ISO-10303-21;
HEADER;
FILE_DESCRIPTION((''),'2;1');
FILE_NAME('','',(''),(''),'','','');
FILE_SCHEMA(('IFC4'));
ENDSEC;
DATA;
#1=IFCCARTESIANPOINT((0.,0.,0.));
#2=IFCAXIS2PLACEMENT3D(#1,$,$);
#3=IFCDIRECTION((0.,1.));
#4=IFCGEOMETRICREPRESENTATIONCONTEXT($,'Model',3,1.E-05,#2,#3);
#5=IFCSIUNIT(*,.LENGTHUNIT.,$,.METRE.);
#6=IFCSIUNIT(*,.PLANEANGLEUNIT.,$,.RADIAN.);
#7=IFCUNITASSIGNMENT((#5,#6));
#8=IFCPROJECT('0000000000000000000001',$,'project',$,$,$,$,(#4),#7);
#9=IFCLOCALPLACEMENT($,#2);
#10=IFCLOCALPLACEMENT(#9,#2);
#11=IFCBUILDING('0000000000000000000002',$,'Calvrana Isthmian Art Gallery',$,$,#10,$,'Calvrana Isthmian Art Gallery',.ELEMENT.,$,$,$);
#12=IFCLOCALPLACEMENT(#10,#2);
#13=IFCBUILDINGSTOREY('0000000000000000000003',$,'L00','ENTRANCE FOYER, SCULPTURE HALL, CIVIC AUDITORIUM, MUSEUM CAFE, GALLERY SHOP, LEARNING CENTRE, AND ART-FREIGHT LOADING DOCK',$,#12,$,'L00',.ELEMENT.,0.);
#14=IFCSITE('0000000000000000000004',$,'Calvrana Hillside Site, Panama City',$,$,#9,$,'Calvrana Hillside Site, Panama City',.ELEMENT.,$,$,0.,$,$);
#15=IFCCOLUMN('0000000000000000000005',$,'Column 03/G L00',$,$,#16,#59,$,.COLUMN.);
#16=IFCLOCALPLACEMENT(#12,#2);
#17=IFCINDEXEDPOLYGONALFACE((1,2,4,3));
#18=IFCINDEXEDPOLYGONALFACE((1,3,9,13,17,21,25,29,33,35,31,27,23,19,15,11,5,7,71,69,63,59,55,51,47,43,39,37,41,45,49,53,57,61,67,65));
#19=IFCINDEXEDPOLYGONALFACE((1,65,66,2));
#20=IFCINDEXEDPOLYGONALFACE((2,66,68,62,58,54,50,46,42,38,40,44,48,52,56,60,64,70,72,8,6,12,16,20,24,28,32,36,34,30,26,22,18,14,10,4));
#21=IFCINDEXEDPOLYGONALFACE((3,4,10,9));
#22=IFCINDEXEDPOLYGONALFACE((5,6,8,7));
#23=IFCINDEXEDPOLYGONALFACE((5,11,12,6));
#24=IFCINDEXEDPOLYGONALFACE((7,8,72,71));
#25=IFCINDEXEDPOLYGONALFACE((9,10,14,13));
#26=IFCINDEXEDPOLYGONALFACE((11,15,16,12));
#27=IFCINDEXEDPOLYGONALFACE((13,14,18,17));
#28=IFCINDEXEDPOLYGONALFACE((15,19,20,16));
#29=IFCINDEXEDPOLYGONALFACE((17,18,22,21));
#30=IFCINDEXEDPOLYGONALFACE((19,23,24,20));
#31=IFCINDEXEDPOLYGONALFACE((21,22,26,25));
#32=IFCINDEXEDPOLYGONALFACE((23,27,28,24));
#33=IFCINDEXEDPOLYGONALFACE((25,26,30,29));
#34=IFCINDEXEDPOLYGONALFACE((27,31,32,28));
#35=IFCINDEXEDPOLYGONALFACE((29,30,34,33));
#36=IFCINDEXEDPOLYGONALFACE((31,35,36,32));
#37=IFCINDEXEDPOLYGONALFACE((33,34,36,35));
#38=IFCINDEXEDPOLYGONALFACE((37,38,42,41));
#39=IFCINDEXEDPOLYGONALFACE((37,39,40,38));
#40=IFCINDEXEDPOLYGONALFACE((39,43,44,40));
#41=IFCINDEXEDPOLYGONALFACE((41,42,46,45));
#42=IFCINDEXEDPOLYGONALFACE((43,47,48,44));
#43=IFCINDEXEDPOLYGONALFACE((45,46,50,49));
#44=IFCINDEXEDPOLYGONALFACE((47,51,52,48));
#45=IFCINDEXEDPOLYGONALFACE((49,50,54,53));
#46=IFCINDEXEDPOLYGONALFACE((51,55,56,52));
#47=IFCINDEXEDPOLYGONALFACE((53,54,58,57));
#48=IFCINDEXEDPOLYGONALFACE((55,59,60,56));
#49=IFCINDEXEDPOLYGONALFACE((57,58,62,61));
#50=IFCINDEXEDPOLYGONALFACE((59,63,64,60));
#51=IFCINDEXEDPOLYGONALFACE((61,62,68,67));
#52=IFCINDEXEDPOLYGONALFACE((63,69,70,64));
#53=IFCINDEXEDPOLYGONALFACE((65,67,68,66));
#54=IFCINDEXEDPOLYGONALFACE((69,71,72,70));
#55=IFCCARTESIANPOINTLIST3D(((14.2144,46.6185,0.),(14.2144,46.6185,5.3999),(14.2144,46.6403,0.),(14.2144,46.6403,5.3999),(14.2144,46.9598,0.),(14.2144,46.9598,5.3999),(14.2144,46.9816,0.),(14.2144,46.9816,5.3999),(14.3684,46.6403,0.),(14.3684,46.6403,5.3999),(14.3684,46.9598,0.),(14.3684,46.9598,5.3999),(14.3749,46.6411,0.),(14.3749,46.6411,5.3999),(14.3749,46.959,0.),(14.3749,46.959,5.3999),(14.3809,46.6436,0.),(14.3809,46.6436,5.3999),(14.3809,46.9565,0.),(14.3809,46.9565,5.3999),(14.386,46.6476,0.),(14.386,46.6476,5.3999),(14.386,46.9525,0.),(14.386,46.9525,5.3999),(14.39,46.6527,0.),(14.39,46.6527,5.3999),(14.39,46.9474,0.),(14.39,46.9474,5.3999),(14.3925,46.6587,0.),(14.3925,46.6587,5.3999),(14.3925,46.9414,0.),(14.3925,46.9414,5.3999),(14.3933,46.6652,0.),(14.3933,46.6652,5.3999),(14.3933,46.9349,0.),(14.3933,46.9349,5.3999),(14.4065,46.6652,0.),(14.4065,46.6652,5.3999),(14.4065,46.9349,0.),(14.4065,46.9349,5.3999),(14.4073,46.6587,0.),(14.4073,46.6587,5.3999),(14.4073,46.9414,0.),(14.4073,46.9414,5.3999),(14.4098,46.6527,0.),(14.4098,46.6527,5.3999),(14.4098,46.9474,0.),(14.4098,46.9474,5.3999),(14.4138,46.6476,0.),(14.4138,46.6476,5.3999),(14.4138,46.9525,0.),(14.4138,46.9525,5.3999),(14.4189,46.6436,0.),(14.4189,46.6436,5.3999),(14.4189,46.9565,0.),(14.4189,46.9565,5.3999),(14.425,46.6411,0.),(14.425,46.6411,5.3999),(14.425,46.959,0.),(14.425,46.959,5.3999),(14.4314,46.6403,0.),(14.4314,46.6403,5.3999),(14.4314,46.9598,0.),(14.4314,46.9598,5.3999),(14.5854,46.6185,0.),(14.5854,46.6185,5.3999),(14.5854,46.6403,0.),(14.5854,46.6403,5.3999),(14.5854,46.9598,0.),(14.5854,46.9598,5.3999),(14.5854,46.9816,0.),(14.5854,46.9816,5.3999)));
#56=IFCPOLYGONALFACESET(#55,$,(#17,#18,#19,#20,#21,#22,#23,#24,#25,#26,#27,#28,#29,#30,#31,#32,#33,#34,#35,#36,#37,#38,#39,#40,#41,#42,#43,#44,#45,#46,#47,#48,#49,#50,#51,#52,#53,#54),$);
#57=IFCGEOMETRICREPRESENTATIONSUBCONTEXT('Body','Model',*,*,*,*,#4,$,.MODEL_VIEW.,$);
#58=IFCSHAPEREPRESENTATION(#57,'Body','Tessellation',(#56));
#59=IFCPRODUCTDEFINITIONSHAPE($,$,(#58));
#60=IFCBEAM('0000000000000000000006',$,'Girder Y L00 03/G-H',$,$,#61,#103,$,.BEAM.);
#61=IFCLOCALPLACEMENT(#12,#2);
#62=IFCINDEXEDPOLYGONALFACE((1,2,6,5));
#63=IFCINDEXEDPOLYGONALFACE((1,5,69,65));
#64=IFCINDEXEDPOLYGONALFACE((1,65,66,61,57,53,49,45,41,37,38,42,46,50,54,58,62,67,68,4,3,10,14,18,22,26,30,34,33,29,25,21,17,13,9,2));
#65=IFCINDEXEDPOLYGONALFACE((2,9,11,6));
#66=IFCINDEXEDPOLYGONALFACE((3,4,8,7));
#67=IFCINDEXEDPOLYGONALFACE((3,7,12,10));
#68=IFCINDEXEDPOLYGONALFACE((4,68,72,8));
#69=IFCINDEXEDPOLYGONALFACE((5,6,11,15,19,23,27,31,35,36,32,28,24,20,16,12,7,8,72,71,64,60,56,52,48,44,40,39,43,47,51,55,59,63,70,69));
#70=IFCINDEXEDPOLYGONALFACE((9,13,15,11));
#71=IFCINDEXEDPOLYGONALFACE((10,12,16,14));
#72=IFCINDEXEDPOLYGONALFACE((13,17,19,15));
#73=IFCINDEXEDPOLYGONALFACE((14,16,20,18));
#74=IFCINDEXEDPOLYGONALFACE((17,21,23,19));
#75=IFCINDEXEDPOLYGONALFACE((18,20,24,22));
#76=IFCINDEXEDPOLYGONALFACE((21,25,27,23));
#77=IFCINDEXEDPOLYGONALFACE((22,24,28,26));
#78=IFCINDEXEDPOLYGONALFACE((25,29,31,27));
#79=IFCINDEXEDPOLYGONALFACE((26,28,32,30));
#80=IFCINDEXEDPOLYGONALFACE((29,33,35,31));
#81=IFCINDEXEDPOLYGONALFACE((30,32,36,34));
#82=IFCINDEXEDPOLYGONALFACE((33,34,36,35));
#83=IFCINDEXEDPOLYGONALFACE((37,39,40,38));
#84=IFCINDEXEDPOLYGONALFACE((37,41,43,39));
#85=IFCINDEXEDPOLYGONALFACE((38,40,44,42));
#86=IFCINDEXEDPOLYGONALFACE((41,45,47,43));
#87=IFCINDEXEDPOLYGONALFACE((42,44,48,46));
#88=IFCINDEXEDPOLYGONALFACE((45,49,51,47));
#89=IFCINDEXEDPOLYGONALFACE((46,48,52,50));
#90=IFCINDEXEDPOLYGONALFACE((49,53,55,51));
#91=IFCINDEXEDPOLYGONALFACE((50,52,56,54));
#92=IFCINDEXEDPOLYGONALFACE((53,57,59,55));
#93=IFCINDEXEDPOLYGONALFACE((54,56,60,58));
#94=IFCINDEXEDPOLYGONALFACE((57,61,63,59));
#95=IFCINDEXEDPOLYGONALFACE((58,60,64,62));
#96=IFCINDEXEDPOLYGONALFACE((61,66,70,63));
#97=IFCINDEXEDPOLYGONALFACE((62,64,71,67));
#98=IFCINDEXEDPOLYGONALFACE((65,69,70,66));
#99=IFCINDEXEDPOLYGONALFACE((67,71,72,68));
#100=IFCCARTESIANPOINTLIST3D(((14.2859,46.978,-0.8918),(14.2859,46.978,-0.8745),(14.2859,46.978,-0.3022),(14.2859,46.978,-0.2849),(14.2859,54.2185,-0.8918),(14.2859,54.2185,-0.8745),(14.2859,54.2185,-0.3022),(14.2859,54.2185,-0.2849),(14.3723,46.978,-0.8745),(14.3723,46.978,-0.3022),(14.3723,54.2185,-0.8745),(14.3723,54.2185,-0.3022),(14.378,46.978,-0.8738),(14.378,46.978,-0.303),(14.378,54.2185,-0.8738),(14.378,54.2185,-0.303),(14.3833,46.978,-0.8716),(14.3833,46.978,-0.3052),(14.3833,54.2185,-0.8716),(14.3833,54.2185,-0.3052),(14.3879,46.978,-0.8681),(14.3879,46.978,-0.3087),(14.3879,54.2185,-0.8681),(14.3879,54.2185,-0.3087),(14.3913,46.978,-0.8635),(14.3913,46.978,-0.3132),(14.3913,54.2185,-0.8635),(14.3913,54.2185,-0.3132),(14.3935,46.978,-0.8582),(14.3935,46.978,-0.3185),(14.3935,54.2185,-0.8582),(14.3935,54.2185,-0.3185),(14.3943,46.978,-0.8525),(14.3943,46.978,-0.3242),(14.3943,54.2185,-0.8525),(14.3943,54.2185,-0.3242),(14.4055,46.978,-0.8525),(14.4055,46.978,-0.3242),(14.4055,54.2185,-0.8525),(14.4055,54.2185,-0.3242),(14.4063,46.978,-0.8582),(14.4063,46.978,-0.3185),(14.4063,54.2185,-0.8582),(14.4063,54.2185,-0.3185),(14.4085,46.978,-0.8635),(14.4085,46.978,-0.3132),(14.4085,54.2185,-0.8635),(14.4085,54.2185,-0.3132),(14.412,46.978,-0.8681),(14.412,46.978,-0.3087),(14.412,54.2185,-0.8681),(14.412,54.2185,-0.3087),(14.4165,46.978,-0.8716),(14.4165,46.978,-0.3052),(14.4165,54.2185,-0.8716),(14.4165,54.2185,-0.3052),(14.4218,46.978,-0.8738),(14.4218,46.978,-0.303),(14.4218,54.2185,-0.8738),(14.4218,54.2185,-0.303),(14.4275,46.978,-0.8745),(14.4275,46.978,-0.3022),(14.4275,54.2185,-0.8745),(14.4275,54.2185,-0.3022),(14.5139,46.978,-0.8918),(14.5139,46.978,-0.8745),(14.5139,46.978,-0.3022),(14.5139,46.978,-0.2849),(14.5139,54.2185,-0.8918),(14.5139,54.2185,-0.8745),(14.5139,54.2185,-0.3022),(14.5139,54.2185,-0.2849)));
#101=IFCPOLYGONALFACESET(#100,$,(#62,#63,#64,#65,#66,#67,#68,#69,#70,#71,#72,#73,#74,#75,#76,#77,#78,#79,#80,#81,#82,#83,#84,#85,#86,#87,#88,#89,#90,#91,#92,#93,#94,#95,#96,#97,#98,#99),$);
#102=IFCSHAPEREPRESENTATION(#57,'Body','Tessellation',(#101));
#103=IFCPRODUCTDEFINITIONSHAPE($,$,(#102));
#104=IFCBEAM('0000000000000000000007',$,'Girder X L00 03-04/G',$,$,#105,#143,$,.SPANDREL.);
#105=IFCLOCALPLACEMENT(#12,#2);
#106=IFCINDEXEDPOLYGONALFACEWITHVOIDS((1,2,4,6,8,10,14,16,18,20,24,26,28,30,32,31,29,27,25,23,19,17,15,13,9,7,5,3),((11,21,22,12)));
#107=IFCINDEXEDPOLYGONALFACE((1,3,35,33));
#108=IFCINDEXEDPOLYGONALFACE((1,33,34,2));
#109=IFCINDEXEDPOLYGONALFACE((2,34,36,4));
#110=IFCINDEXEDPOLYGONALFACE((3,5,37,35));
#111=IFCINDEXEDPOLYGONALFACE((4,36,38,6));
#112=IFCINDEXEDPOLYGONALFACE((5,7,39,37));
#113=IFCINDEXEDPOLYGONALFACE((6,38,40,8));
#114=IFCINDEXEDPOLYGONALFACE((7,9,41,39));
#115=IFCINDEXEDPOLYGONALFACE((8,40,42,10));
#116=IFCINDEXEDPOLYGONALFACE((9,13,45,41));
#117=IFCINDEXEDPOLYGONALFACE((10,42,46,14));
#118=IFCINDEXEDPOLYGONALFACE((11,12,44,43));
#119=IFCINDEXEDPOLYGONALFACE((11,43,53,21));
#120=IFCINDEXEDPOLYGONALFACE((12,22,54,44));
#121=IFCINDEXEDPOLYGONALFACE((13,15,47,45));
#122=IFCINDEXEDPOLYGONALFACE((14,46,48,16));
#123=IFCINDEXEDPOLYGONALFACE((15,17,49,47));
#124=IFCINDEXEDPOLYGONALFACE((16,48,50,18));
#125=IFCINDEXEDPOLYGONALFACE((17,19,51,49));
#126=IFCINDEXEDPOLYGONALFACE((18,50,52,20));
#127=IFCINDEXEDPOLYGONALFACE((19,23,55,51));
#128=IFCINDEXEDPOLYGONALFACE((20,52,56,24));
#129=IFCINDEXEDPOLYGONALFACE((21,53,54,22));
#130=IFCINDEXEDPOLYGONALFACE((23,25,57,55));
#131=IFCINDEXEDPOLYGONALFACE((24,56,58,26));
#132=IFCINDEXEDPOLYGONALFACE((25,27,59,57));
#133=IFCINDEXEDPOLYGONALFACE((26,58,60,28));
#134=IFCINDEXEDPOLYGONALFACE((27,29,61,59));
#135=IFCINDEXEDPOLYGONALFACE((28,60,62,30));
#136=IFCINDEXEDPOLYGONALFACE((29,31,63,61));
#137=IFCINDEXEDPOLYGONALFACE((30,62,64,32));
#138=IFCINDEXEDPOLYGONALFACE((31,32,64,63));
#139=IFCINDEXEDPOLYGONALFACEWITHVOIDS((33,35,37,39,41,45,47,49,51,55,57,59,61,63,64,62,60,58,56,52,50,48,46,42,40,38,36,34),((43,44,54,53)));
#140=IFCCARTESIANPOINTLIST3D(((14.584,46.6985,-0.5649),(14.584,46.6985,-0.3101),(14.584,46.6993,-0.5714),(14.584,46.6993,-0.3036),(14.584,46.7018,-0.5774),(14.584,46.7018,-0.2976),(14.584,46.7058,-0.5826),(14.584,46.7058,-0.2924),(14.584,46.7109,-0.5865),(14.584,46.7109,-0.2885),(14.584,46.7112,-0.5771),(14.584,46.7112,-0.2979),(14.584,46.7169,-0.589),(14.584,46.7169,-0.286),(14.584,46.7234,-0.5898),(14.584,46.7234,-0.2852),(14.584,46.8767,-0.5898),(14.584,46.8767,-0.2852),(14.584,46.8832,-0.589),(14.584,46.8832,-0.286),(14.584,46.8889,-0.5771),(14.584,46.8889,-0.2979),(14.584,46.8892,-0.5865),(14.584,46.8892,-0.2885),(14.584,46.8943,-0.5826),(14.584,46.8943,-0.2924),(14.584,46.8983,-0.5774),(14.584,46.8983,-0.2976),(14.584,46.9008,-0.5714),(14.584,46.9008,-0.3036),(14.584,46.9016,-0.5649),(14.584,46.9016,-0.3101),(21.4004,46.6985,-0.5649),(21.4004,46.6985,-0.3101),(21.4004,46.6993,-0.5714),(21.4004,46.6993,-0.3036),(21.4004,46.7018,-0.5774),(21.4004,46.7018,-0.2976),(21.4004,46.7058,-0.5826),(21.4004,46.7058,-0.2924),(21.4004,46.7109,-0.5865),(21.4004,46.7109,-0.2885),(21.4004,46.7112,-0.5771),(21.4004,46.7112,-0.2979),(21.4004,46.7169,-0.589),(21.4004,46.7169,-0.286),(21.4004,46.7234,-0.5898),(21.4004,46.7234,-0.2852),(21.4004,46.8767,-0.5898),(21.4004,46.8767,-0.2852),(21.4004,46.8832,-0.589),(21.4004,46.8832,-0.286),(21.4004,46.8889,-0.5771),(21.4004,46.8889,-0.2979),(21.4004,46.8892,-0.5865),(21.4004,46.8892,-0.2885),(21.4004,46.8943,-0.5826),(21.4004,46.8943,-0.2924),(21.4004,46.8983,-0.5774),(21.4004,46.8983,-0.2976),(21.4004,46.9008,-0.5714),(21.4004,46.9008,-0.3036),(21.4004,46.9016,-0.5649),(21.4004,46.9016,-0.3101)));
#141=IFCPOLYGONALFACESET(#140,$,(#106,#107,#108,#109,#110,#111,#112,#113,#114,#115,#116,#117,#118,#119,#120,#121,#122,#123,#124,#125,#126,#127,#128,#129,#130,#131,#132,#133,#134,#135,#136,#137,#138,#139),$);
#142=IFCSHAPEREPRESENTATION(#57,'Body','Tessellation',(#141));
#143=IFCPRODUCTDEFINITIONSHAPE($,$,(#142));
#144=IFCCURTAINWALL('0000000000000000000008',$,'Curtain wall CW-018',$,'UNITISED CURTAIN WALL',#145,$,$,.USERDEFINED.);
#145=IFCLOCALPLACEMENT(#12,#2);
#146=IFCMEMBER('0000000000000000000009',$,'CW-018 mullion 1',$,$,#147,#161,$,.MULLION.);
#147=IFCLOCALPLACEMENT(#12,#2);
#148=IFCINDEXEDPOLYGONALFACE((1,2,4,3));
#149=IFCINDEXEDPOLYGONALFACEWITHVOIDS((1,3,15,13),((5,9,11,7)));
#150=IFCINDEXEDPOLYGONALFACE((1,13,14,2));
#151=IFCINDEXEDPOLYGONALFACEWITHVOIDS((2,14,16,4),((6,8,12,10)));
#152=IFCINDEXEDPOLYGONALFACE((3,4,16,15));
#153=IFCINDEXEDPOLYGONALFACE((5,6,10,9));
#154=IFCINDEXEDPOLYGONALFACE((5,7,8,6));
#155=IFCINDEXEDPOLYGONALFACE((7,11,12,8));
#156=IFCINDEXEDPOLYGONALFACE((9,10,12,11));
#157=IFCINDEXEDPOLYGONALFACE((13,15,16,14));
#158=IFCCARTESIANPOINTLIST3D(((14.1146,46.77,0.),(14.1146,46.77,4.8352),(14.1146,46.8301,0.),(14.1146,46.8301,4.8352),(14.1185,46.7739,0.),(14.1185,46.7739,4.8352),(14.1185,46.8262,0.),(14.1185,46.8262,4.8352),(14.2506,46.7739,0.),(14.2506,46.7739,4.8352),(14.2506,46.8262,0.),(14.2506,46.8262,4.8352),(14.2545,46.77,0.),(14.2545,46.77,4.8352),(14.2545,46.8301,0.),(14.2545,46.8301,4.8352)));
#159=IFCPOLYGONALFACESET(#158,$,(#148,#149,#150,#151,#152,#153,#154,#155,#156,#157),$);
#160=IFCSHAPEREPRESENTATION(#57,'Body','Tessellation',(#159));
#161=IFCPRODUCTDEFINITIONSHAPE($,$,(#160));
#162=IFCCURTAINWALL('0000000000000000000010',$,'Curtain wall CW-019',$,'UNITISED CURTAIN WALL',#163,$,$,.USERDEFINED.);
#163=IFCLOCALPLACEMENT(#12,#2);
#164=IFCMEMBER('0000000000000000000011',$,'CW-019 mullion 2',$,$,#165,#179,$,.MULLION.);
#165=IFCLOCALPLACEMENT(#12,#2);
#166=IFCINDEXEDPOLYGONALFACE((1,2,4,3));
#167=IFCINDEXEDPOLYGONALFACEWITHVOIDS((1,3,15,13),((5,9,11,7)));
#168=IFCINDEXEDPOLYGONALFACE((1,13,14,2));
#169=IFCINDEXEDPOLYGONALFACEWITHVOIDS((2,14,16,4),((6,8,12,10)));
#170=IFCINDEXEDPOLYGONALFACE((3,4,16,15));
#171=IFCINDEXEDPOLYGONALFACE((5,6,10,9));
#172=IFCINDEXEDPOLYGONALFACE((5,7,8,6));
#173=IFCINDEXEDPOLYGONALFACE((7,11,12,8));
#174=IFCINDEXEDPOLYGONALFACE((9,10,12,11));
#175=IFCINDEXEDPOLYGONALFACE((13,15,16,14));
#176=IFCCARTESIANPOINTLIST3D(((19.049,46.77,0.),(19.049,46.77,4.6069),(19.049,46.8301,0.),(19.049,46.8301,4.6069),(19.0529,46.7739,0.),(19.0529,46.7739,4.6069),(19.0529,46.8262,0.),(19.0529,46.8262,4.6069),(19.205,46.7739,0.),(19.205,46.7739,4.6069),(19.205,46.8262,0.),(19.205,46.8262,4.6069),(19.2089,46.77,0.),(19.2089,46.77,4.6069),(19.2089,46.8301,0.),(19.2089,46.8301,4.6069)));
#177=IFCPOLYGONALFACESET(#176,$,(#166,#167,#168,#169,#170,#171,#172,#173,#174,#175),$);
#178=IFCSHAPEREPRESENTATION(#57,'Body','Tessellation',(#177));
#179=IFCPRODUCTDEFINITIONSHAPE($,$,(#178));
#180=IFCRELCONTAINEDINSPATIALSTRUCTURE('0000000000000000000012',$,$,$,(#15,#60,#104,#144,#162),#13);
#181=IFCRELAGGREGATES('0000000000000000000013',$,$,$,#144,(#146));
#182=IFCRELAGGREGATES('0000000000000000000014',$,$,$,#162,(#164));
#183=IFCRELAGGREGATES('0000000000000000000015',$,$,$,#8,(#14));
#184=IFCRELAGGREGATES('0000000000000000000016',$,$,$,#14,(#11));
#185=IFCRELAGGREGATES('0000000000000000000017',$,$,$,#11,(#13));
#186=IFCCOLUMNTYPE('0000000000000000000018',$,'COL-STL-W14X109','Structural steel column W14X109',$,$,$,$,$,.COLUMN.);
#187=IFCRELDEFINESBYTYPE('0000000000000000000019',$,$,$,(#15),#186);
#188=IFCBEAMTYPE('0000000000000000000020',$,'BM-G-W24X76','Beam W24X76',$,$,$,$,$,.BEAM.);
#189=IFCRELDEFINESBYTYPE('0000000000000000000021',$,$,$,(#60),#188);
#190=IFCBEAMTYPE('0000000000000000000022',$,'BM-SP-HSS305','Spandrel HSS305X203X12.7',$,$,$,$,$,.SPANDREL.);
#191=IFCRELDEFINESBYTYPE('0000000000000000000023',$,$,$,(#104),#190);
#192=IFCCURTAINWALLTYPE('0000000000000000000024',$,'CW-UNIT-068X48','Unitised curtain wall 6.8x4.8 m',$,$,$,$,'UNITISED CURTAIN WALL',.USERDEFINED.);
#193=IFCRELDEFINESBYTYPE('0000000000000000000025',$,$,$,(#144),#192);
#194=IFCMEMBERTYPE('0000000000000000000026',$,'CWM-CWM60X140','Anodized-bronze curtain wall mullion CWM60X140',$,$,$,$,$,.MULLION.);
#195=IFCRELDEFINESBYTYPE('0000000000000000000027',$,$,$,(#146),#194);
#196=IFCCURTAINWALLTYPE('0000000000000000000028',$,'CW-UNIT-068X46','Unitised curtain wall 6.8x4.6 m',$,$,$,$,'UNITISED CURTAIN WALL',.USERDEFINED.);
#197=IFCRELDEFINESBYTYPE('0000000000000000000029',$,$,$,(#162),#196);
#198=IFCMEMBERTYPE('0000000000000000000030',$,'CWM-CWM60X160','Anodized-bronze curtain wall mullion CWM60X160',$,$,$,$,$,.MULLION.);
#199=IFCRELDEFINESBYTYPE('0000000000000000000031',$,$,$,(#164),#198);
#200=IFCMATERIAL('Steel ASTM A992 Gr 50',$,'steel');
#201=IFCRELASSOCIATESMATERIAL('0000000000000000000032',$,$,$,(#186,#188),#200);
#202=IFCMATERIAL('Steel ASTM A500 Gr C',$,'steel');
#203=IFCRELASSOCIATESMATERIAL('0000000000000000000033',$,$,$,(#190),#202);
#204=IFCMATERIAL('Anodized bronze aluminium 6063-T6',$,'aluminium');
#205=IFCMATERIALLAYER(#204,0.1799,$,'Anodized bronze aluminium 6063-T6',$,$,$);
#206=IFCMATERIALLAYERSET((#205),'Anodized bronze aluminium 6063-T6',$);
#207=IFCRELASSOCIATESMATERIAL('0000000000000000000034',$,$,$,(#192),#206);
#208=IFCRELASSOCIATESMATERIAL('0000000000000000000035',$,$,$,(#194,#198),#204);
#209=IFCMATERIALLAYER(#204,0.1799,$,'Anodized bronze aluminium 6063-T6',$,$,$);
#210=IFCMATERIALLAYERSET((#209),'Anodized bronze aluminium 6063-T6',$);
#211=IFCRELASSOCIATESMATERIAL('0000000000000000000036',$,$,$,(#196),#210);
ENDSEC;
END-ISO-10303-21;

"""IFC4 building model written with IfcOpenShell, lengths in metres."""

from ifc_helpers import new_model, si_unit, direction, frame, origin, origin_2d, place, context, subcontext, project, spatial, hollow_rectangle, i_section, extrude, material, layer, layer_set, material_profile, profile_set, type_object, element, aggregate, save


model = new_model("IFC4")

# Units and contexts
model_context = context("Model", 3, precision=1e-05, world=origin(), true_north=direction((0.0, 1.0)))
body_context = subcontext(model_context, "Body", "Model", "MODEL_VIEW")
ifc_project = project(units=[si_unit("LENGTHUNIT", "METRE"), si_unit("PLANEANGLEUNIT", "RADIAN")], contexts=[model_context])

# Site, building, storey
site_placement = place(None, origin())
site = spatial("IfcSite", under=ifc_project, at=site_placement, Name="Calvrana Hillside Site, Panama City", LongName="Calvrana Hillside Site, Panama City", CompositionType="ELEMENT", RefElevation=0.0)
building_placement = place(site_placement, origin())
building = spatial("IfcBuilding", under=site, at=building_placement, Name="Calvrana Isthmian Art Gallery", LongName="Calvrana Isthmian Art Gallery", CompositionType="ELEMENT")
storey_placement = place(building_placement, origin())
storey = spatial("IfcBuildingStorey", under=building, at=storey_placement, Name="L00", Description="ENTRANCE FOYER, SCULPTURE HALL, CIVIC AUDITORIUM, MUSEUM CAFE, GALLERY SHOP, LEARNING CENTRE, AND ART-FREIGHT LOADING DOCK", LongName="L00", CompositionType="ELEMENT", Elevation=0.0)

# Column
ifc_material_1 = material(Name="Steel ASTM A992 Gr 50", Category="steel")
ifc_material_profile_1 = material_profile(ifc_material_1, i_section(OverallWidth=0.3711, OverallDepth=0.363, WebThickness=0.0132, FlangeThickness=0.0217, FilletRadius=0.0249, at=origin_2d()), Name="W14X109")
ifc_profile_set_1 = profile_set([ifc_material_profile_1], Name="Steel ASTM A992 Gr 50")
column_type = type_object("IfcColumnType", Name="COL-STL-W14X109", Description="Structural steel column W14X109", PredefinedType="COLUMN", material=ifc_profile_set_1)
column_placement = place(storey_placement, frame((14.3999, 46.8, 0.0), z_axis=(0.0, 0.0, 1.0), x_axis=(1.0, 0.0, 0.0)))
element("IfcColumn", 1, at=column_placement, inside=storey, type_object=column_type, Name="Column 03/G L00", PredefinedType="COLUMN", context=body_context, shape_type="SweptSolid", body=[
    extrude(i_section(OverallWidth=0.3711, OverallDepth=0.363, WebThickness=0.0132, FlangeThickness=0.0217, FilletRadius=0.0249, at=origin_2d()), origin(), (0.0, 0.0, 1.0), 5.3999),
])

# Beams
ifc_material_profile_2 = material_profile(ifc_material_1, i_section(OverallWidth=0.228, OverallDepth=0.6069, WebThickness=0.0112, FlangeThickness=0.0173, FilletRadius=0.022, at=origin_2d()), Name="W24X76")
ifc_profile_set_2 = profile_set([ifc_material_profile_2], Name="Steel ASTM A992 Gr 50")
beam_type_1 = type_object("IfcBeamType", Name="BM-G-W24X76", Description="Beam W24X76", PredefinedType="BEAM", material=ifc_profile_set_2)
beam_1_placement = place(storey_placement, frame((14.3999, 46.978, -0.5884), z_axis=(0.0, 1.0, 0.0), x_axis=(-1.0, 0.0, 0.0)))
element("IfcBeam", 2, at=beam_1_placement, inside=storey, type_object=beam_type_1, Name="Girder Y L00 03/G-H", PredefinedType="BEAM", context=body_context, shape_type="SweptSolid", body=[
    extrude(i_section(OverallWidth=0.228, OverallDepth=0.6069, WebThickness=0.0112, FlangeThickness=0.0173, FilletRadius=0.022, at=origin_2d()), origin(), (0.0, 0.0, 1.0), 7.2405),
])
ifc_material_2 = material(Name="Steel ASTM A500 Gr C", Category="steel")
ifc_material_profile_3 = material_profile(ifc_material_2, hollow_rectangle(XDim=0.2031, YDim=0.3047, WallThickness=0.0127, OuterFilletRadius=0.0249, at=origin_2d()), Name="HSS305X203X12.7")
ifc_profile_set_3 = profile_set([ifc_material_profile_3], Name="Steel ASTM A500 Gr C")
beam_type_2 = type_object("IfcBeamType", Name="BM-SP-HSS305", Description="Spandrel HSS305X203X12.7", PredefinedType="SPANDREL", material=ifc_profile_set_3)
beam_2_placement = place(storey_placement, frame((14.584, 46.8, -0.4375), z_axis=(1.0, 0.0, 0.0), x_axis=(0.0, 1.0, 0.0)))
element("IfcBeam", 3, at=beam_2_placement, inside=storey, type_object=beam_type_2, Name="Girder X L00 03-04/G", PredefinedType="SPANDREL", context=body_context, shape_type="SweptSolid", body=[
    extrude(hollow_rectangle(XDim=0.2031, YDim=0.3047, WallThickness=0.0127, OuterFilletRadius=0.0249, at=origin_2d()), origin(), (0.0, 0.0, 1.0), 6.8164),
])

# Curtain wall, member
ifc_material_3 = material(Name="Anodized bronze aluminium 6063-T6", Category="aluminium")
ifc_layer_1 = layer(ifc_material_3, 0.1799, Name="Anodized bronze aluminium 6063-T6")
ifc_layer_set_1 = layer_set([ifc_layer_1], Name="Anodized bronze aluminium 6063-T6")
curtain_wall_type_1 = type_object("IfcCurtainWallType", Name="CW-UNIT-068X48", Description="Unitised curtain wall 6.8x4.8 m", ElementType="UNITISED CURTAIN WALL", PredefinedType="USERDEFINED", material=ifc_layer_set_1)
curtain_wall_1_placement = place(storey_placement, origin())
curtain_wall_1 = element("IfcCurtainWall", 4, at=curtain_wall_1_placement, inside=storey, type_object=curtain_wall_type_1, Name="Curtain wall CW-018", ObjectType="UNITISED CURTAIN WALL", PredefinedType="USERDEFINED")
ifc_material_profile_4 = material_profile(ifc_material_3, hollow_rectangle(XDim=0.0601, YDim=0.1399, WallThickness=0.0039, at=origin_2d()), Name="CWM60X140")
ifc_profile_set_4 = profile_set([ifc_material_profile_4], Name="Anodized bronze aluminium 6063-T6")
member_type_1 = type_object("IfcMemberType", Name="CWM-CWM60X140", Description="Anodized-bronze curtain wall mullion CWM60X140", PredefinedType="MULLION", material=ifc_profile_set_4)
member_1_placement = place(storey_placement, frame((14.1846, 46.8, 0.0), z_axis=(0.0, 0.0, 1.0), x_axis=(0.0, -1.0, 0.0)))
member_1 = element("IfcMember", 5, at=member_1_placement, type_object=member_type_1, Name="CW-018 mullion 1", PredefinedType="MULLION", context=body_context, shape_type="SweptSolid", body=[
    extrude(hollow_rectangle(XDim=0.0601, YDim=0.1399, WallThickness=0.0039, at=origin_2d()), origin(), (0.0, 0.0, 1.0), 4.8352),
])

# Curtain wall, member
ifc_layer_2 = layer(ifc_material_3, 0.1799, Name="Anodized bronze aluminium 6063-T6")
ifc_layer_set_2 = layer_set([ifc_layer_2], Name="Anodized bronze aluminium 6063-T6")
curtain_wall_type_2 = type_object("IfcCurtainWallType", Name="CW-UNIT-068X46", Description="Unitised curtain wall 6.8x4.6 m", ElementType="UNITISED CURTAIN WALL", PredefinedType="USERDEFINED", material=ifc_layer_set_2)
curtain_wall_2_placement = place(storey_placement, origin())
curtain_wall_2 = element("IfcCurtainWall", 6, at=curtain_wall_2_placement, inside=storey, type_object=curtain_wall_type_2, Name="Curtain wall CW-019", ObjectType="UNITISED CURTAIN WALL", PredefinedType="USERDEFINED")
ifc_material_profile_5 = material_profile(ifc_material_3, hollow_rectangle(XDim=0.0601, YDim=0.1599, WallThickness=0.0039, at=origin_2d()), Name="CWM60X160")
ifc_profile_set_5 = profile_set([ifc_material_profile_5], Name="Anodized bronze aluminium 6063-T6")
member_type_2 = type_object("IfcMemberType", Name="CWM-CWM60X160", Description="Anodized-bronze curtain wall mullion CWM60X160", PredefinedType="MULLION", material=ifc_profile_set_5)
member_2_placement = place(storey_placement, frame((19.1289, 46.8, 0.0), z_axis=(0.0, 0.0, 1.0), x_axis=(0.0, -1.0, 0.0)))
member_2 = element("IfcMember", 7, at=member_2_placement, type_object=member_type_2, Name="CW-019 mullion 2", PredefinedType="MULLION", context=body_context, shape_type="SweptSolid", body=[
    extrude(hollow_rectangle(XDim=0.0601, YDim=0.1599, WallThickness=0.0039, at=origin_2d()), origin(), (0.0, 0.0, 1.0), 4.6069),
])

aggregate(curtain_wall_1, [member_1])
aggregate(curtain_wall_2, [member_2])

save(model, "model.ifc")
